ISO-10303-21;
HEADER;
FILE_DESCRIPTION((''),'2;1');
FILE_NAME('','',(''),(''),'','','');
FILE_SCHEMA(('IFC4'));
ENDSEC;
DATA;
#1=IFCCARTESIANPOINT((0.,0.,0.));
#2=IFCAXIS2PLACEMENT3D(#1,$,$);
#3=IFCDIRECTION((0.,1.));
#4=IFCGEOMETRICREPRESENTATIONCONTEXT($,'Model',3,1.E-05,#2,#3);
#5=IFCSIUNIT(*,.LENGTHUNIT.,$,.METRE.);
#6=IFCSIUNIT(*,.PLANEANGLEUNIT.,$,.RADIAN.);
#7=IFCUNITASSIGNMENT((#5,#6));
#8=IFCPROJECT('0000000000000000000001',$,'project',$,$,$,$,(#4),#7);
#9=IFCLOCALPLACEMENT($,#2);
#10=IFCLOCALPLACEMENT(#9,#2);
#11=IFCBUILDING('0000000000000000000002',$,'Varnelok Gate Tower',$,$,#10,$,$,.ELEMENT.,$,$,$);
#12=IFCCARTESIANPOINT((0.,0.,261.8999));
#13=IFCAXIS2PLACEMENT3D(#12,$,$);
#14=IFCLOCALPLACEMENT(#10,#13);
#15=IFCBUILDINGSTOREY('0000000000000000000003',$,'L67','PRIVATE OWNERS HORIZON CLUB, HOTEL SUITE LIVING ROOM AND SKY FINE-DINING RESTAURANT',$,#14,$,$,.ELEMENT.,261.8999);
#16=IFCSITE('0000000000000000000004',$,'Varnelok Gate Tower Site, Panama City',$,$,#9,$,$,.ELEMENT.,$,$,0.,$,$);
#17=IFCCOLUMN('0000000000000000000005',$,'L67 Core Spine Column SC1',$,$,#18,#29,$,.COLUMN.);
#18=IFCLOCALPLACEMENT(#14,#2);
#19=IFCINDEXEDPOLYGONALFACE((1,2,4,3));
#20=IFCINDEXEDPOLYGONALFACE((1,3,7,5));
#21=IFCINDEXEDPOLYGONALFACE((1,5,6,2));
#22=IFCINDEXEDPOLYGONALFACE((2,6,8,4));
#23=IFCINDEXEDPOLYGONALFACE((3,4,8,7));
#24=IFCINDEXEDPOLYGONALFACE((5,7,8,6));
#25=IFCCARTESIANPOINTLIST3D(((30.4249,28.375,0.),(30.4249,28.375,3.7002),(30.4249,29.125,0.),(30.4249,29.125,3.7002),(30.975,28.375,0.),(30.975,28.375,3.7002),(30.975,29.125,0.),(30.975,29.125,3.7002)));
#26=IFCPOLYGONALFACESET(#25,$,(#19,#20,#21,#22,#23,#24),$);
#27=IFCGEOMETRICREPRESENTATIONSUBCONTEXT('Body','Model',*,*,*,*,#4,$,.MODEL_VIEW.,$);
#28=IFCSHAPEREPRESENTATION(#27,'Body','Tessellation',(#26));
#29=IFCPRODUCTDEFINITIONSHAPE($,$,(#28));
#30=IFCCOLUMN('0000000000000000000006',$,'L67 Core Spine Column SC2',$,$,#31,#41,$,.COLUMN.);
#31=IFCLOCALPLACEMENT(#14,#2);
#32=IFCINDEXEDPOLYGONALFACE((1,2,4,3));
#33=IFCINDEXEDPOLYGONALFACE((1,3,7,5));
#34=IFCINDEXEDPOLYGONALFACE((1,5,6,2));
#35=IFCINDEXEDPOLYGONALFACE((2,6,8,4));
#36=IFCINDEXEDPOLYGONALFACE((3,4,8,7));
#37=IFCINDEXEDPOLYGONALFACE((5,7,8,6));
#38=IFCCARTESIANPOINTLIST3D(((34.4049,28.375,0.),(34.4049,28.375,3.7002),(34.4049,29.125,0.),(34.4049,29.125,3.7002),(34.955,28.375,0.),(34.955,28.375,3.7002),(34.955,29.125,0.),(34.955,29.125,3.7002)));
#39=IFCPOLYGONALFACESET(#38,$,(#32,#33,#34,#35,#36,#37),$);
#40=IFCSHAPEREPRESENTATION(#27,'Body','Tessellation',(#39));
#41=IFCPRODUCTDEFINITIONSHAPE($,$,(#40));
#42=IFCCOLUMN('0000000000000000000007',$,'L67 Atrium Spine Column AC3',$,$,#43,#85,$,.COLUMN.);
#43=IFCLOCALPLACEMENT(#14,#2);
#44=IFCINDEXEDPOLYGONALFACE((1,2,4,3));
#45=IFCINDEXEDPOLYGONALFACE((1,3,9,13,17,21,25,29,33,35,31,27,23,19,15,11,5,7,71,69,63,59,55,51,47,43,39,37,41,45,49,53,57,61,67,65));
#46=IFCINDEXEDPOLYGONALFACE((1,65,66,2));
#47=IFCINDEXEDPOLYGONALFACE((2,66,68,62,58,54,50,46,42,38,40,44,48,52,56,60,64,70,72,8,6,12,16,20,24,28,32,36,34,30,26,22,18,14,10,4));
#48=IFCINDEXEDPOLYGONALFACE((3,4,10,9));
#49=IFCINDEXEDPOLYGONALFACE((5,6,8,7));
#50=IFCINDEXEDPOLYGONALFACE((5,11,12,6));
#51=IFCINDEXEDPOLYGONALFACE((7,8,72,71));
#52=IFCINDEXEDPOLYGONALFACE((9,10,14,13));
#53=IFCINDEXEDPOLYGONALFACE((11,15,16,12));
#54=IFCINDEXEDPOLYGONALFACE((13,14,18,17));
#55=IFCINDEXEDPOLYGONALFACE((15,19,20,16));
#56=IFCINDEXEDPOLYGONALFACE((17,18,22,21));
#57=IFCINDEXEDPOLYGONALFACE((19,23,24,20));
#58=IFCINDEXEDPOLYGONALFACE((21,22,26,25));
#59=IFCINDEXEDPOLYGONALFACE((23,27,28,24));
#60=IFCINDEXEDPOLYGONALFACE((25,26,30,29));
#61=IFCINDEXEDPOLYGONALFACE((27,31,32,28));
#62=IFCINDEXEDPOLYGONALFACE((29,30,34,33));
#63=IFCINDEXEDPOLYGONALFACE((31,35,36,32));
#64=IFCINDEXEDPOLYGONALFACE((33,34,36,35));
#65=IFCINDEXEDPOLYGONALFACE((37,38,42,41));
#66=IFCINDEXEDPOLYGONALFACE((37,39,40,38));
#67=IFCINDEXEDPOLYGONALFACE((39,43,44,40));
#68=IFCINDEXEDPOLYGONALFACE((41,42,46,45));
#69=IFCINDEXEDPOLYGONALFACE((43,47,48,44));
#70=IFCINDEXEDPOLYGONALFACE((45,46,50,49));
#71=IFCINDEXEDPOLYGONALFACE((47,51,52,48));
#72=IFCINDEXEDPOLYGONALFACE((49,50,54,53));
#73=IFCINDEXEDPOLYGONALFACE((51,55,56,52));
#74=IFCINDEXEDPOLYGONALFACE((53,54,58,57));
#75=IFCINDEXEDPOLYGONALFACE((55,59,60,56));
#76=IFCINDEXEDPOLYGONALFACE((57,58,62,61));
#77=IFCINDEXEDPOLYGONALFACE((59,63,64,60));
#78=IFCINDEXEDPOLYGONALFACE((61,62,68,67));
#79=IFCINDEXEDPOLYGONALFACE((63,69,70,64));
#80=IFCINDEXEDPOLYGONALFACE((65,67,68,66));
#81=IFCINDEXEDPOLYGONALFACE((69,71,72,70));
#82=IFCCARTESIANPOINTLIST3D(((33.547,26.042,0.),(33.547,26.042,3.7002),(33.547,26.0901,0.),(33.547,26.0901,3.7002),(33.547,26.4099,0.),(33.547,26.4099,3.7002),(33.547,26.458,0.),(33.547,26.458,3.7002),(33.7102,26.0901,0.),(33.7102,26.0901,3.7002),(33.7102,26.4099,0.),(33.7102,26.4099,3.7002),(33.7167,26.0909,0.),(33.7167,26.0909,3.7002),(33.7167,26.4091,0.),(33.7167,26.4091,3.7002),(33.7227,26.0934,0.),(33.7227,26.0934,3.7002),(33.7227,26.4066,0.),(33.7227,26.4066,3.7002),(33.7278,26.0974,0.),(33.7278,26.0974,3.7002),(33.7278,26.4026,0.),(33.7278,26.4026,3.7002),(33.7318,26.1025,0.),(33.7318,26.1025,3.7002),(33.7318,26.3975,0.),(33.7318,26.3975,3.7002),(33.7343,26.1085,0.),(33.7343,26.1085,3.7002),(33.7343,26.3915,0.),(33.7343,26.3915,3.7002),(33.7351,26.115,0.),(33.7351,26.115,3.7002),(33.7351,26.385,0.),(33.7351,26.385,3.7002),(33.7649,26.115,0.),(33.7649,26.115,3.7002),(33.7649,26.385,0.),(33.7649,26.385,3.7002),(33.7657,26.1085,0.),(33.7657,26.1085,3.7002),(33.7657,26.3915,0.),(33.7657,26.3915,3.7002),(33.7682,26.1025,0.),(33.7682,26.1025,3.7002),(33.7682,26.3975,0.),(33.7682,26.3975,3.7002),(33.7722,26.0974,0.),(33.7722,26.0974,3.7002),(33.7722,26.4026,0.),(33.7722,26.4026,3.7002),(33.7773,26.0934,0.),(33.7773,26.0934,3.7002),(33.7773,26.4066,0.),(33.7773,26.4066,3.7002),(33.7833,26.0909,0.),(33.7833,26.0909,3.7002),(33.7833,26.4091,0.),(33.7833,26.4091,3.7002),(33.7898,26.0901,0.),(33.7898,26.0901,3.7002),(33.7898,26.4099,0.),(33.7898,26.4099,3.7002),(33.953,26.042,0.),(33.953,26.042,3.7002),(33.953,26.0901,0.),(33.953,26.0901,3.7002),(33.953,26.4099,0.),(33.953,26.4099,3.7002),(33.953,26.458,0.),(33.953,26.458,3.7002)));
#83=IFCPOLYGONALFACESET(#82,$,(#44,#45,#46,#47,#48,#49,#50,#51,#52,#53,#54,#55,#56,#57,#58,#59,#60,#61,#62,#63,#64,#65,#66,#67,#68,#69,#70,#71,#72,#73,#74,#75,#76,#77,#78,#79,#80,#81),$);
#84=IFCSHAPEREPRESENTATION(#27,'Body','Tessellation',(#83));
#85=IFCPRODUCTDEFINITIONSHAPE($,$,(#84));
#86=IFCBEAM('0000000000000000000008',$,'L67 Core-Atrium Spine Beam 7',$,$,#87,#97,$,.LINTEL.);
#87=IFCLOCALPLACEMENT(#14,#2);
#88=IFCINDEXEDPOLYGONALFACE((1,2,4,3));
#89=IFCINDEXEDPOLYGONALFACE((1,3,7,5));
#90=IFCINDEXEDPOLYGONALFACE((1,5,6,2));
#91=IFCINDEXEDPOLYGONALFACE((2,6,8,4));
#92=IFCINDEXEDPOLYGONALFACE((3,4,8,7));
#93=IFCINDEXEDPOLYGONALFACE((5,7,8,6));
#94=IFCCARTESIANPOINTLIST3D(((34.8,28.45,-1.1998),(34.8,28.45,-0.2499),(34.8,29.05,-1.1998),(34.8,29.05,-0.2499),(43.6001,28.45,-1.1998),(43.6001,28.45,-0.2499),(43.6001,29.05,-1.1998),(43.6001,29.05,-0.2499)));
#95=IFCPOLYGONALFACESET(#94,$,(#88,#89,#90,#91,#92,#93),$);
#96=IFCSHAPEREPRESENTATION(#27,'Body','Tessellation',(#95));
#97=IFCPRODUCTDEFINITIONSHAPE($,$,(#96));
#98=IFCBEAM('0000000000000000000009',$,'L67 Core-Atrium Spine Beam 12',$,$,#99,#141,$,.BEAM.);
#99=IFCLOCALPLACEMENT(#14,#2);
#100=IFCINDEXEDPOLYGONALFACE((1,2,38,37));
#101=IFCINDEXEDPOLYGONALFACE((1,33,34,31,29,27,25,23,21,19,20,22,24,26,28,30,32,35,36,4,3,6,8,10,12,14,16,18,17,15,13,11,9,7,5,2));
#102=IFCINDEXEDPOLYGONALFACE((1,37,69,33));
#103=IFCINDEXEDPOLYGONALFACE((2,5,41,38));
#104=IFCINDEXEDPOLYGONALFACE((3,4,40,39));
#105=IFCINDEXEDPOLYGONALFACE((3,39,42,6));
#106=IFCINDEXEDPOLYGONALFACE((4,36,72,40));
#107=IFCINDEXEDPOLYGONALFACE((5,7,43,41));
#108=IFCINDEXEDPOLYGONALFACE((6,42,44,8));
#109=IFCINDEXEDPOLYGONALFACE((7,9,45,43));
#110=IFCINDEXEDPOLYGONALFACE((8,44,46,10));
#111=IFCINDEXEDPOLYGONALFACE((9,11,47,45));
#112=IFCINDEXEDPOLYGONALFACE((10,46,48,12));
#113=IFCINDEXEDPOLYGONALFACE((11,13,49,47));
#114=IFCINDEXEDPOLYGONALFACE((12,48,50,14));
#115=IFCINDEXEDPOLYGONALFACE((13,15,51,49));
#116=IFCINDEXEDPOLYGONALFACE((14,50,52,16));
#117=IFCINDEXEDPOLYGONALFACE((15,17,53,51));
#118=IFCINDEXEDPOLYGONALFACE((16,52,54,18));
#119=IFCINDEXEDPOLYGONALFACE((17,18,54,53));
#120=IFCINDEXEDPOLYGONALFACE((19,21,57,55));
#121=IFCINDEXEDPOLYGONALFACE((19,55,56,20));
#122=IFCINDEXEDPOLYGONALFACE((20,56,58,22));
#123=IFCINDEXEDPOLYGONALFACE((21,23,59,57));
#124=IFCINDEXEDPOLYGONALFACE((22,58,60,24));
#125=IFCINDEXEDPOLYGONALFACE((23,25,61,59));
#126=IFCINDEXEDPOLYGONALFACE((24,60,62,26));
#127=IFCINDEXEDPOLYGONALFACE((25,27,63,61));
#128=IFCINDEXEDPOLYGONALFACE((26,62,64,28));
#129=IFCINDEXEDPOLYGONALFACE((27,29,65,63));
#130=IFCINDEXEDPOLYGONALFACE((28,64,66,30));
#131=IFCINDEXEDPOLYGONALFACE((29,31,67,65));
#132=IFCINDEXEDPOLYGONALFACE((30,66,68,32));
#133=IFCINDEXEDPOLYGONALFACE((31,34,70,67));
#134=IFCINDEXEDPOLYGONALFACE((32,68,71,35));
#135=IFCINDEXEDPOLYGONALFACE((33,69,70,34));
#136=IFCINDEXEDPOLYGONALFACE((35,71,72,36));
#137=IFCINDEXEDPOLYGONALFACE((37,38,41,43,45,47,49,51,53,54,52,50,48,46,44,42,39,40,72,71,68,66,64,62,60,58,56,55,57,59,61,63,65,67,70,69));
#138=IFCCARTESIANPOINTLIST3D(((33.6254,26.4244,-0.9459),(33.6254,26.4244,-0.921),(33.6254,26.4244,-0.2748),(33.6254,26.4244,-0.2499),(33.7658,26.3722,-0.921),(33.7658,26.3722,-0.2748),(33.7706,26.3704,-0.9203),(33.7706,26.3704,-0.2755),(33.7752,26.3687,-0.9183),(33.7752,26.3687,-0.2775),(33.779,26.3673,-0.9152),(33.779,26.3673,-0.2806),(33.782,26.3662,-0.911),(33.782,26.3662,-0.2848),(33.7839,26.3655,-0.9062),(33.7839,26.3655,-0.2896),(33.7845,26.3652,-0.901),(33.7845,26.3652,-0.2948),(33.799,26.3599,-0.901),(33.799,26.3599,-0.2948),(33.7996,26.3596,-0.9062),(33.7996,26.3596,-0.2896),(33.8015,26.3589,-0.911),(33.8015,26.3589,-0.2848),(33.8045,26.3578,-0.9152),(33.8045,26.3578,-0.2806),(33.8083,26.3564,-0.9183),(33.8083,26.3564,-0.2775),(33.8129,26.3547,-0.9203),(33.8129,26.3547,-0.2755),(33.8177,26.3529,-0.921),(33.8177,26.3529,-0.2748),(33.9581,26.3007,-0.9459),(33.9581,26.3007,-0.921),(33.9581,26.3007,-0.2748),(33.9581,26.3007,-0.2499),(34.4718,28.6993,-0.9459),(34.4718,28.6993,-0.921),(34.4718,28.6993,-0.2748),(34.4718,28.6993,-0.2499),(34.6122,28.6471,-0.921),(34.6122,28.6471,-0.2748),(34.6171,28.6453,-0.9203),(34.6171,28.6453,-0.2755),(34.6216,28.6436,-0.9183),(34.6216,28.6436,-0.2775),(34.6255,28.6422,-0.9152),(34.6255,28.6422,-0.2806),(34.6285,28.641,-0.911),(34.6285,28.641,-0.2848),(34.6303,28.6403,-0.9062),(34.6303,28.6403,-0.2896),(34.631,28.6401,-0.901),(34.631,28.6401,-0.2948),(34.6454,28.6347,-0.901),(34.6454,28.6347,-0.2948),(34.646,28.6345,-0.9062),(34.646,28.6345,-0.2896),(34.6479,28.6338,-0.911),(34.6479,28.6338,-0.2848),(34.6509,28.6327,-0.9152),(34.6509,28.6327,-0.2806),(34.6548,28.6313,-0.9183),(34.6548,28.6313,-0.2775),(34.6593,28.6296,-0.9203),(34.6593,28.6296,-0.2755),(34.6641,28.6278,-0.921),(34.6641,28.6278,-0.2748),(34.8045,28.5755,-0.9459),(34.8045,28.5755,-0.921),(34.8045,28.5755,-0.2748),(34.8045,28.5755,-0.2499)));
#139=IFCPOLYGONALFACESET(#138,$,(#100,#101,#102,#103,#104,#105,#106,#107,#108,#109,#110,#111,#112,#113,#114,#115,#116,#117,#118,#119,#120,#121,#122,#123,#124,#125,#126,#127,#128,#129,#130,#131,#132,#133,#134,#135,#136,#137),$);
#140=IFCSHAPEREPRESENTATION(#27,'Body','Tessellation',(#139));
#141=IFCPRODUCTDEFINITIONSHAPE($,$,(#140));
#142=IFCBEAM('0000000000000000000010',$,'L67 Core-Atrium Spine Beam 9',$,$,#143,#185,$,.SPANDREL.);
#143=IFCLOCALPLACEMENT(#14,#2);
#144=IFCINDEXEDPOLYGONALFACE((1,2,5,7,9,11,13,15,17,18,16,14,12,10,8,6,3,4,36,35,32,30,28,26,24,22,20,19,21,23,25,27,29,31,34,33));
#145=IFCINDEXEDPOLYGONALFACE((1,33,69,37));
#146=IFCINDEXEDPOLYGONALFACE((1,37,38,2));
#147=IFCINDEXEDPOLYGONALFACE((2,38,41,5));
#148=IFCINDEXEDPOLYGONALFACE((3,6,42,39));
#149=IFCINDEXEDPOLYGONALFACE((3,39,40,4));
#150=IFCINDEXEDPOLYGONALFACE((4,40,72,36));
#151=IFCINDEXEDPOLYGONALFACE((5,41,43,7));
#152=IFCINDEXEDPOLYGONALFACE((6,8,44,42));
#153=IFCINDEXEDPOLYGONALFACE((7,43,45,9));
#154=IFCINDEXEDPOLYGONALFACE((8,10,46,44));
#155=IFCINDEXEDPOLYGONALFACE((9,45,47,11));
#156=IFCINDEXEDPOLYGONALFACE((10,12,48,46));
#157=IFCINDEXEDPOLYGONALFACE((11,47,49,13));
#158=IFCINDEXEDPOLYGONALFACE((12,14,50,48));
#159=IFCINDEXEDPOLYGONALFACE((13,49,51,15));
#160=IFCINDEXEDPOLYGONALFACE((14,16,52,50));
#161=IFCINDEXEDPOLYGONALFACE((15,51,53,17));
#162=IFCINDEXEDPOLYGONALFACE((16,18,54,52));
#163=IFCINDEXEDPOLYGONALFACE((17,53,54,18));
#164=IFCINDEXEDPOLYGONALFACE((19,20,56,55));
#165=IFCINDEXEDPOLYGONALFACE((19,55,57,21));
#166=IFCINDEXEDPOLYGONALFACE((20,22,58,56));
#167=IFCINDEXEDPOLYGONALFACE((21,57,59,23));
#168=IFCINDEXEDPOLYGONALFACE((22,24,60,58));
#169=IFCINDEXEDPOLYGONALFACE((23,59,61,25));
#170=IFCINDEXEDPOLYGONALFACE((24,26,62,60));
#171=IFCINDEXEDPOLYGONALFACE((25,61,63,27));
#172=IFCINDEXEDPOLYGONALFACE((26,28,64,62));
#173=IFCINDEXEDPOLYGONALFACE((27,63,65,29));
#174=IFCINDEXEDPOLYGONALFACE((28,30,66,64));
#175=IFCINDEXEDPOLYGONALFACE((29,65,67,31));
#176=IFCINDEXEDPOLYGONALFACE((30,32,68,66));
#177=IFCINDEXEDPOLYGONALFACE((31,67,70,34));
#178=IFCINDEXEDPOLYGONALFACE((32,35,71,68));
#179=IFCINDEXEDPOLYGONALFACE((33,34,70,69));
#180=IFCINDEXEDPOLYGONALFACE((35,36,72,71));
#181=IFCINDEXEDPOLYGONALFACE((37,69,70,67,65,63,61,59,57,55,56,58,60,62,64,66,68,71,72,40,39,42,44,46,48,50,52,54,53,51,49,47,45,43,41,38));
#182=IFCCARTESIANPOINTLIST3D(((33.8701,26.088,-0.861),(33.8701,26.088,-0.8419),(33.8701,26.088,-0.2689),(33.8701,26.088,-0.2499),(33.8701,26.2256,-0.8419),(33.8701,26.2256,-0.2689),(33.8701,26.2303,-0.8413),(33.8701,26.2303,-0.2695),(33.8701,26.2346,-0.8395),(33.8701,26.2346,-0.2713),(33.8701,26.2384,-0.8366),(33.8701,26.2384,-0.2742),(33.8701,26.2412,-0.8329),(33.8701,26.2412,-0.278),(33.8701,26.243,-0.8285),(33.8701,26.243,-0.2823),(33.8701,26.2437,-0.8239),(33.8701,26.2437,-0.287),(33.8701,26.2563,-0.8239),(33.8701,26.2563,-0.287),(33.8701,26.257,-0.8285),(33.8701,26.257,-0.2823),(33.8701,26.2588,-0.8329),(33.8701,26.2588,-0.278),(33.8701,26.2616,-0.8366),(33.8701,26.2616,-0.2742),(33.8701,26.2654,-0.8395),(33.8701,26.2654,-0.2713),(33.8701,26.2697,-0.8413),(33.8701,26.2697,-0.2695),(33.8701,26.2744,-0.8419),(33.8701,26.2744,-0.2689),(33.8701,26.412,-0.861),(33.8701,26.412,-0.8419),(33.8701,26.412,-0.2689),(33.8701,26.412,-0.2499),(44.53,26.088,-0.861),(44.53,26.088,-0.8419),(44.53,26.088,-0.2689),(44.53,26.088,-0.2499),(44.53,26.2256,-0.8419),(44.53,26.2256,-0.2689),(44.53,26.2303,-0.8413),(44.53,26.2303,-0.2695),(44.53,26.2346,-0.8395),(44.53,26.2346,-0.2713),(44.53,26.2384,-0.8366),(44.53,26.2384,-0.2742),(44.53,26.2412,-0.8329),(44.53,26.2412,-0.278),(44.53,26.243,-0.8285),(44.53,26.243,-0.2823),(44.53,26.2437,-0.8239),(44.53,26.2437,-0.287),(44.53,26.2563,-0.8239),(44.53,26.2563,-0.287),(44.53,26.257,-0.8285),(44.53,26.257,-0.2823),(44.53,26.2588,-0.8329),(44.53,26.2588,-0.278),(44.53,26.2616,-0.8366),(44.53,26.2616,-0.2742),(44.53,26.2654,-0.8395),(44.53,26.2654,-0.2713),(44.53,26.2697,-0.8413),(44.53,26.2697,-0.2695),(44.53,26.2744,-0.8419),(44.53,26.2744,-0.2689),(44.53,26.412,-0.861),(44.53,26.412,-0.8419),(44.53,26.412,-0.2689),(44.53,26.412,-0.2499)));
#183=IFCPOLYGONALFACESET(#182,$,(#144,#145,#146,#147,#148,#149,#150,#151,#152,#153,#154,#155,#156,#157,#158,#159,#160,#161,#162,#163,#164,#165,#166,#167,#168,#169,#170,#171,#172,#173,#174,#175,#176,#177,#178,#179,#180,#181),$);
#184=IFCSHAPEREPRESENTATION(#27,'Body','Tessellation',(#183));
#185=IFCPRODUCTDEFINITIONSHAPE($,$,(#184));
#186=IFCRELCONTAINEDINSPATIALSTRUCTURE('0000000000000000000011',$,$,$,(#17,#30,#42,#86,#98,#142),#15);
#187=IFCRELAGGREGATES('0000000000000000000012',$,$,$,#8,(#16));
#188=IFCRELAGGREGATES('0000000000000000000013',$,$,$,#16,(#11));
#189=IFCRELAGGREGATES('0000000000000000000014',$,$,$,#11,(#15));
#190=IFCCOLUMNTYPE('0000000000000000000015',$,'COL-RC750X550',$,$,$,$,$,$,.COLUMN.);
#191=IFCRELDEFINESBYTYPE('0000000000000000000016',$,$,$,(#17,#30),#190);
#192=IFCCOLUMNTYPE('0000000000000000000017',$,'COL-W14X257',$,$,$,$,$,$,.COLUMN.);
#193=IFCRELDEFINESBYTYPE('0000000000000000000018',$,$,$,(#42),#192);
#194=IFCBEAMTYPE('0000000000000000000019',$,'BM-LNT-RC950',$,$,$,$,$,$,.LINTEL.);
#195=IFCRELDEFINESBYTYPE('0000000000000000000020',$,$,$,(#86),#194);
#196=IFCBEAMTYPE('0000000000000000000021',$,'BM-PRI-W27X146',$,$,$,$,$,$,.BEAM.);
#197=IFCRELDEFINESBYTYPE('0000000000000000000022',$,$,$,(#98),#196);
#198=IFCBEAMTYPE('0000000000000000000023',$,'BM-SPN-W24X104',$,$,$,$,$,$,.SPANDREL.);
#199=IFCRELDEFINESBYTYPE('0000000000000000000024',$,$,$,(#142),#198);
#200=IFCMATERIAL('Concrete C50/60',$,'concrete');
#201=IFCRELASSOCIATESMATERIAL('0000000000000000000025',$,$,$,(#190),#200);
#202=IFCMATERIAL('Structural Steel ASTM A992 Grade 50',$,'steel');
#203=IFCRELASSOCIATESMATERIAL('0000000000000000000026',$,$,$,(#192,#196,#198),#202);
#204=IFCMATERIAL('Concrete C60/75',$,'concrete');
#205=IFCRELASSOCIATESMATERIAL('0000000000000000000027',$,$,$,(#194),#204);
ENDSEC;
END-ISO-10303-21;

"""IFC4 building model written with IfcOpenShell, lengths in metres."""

from ifc_helpers import new_model, si_unit, direction, frame, origin, origin_2d, place, context, subcontext, project, spatial, rectangle, i_section, extrude, material, material_profile, profile_set, type_object, element, save


model = new_model("IFC4")

# Units and contexts
model_context = context("Model", 3, precision=1e-05, world=origin(), true_north=direction((0.0, 1.0)))
body_context = subcontext(model_context, "Body", "Model", "MODEL_VIEW")
ifc_project = project(units=[si_unit("LENGTHUNIT", "METRE"), si_unit("PLANEANGLEUNIT", "RADIAN")], contexts=[model_context])

# Site, building, storey
site_placement = place(None, origin())
site = spatial("IfcSite", under=ifc_project, at=site_placement, Name="Varnelok Gate Tower Site, Panama City", CompositionType="ELEMENT", RefElevation=0.0)
building_placement = place(site_placement, origin())
building = spatial("IfcBuilding", under=site, at=building_placement, Name="Varnelok Gate Tower", CompositionType="ELEMENT")
storey_placement = place(building_placement, frame((0.0, 0.0, 261.8999)))
storey = spatial("IfcBuildingStorey", under=building, at=storey_placement, Name="L67", Description="PRIVATE OWNERS HORIZON CLUB, HOTEL SUITE LIVING ROOM AND SKY FINE-DINING RESTAURANT", CompositionType="ELEMENT", Elevation=261.8999)

# Columns
ifc_material_1 = material(Name="Concrete C50/60", Category="concrete")
ifc_material_profile_1 = material_profile(ifc_material_1, rectangle(XDim=0.55, YDim=0.75, at=origin_2d()), Name="RC750X550")
ifc_profile_set_1 = profile_set([ifc_material_profile_1], Name="Concrete C50/60")
column_type_1 = type_object("IfcColumnType", Name="COL-RC750X550", PredefinedType="COLUMN", material=ifc_profile_set_1)
for number, where, z_axis, x_axis, name in (
    (1, (30.7, 28.75, 0.0), (0.0, 0.0, 1.0), (1.0, 0.0, 0.0), "L67 Core Spine Column SC1"),
    (2, (34.6799, 28.75, 0.0), (0.0, 0.0, 1.0), (1.0, 0.0, 0.0), "L67 Core Spine Column SC2"),
):
    element("IfcColumn", number, at=place(storey_placement, frame(where, z_axis=z_axis, x_axis=x_axis)), inside=storey, type_object=column_type_1, Name=name, PredefinedType="COLUMN", context=body_context, shape_type="SweptSolid", body=[
        extrude(rectangle(XDim=0.55, YDim=0.75, at=origin_2d()), origin(), (0.0, 0.0, 1.0), 3.7002),
    ])
ifc_material_2 = material(Name="Structural Steel ASTM A992 Grade 50", Category="steel")
ifc_material_profile_2 = material_profile(ifc_material_2, i_section(OverallWidth=0.406, OverallDepth=0.416, WebThickness=0.0298, FlangeThickness=0.0481, FilletRadius=0.0249, at=origin_2d()), Name="W14X257")
ifc_profile_set_2 = profile_set([ifc_material_profile_2], Name="Structural Steel ASTM A992 Grade 50")
column_type_2 = type_object("IfcColumnType", Name="COL-W14X257", PredefinedType="COLUMN", material=ifc_profile_set_2)
column_placement = place(storey_placement, frame((33.75, 26.25, 0.0), z_axis=(0.0, 0.0, 1.0), x_axis=(1.0, 0.0, 0.0)))
element("IfcColumn", 3, at=column_placement, inside=storey, type_object=column_type_2, Name="L67 Atrium Spine Column AC3", PredefinedType="COLUMN", context=body_context, shape_type="SweptSolid", body=[
    extrude(i_section(OverallWidth=0.406, OverallDepth=0.416, WebThickness=0.0298, FlangeThickness=0.0481, FilletRadius=0.0249, at=origin_2d()), origin(), (0.0, 0.0, 1.0), 3.7002),
])

# Beams
ifc_material_3 = material(Name="Concrete C60/75", Category="concrete")
ifc_material_profile_3 = material_profile(ifc_material_3, rectangle(XDim=0.6001, YDim=0.95, at=origin_2d()), Name="RC950X600")
ifc_profile_set_3 = profile_set([ifc_material_profile_3], Name="Concrete C60/75")
beam_type_1 = type_object("IfcBeamType", Name="BM-LNT-RC950", PredefinedType="LINTEL", material=ifc_profile_set_3)
beam_1_placement = place(storey_placement, frame((34.8, 28.75, -0.7249), z_axis=(1.0, 0.0, 0.0), x_axis=(0.0, 1.0, 0.0)))
element("IfcBeam", 4, at=beam_1_placement, inside=storey, type_object=beam_type_1, Name="L67 Core-Atrium Spine Beam 7", PredefinedType="LINTEL", context=body_context, shape_type="SweptSolid", body=[
    extrude(rectangle(XDim=0.6001, YDim=0.95, at=origin_2d()), origin(), (0.0, 0.0, 1.0), 8.8),
])
ifc_material_profile_4 = material_profile(ifc_material_2, i_section(OverallWidth=0.355, OverallDepth=0.696, WebThickness=0.0154, FlangeThickness=0.0249, FilletRadius=0.02, at=origin_2d()), Name="W27X146")
ifc_profile_set_4 = profile_set([ifc_material_profile_4], Name="Structural Steel ASTM A992 Grade 50")
beam_type_2 = type_object("IfcBeamType", Name="BM-PRI-W27X146", PredefinedType="BEAM", material=ifc_profile_set_4)
beam_2_placement = place(storey_placement, frame((33.7917, 26.3625, -0.5979), z_axis=(0.348719, 0.937227, 0.0), x_axis=(-0.937227, 0.348719, 0.0)))
element("IfcBeam", 5, at=beam_2_placement, inside=storey, type_object=beam_type_2, Name="L67 Core-Atrium Spine Beam 12", PredefinedType="BEAM", context=body_context, shape_type="SweptSolid", body=[
    extrude(i_section(OverallWidth=0.355, OverallDepth=0.696, WebThickness=0.0154, FlangeThickness=0.0249, FilletRadius=0.02, at=origin_2d()), origin(), (0.0, 0.0, 1.0), 2.4272),
])
ifc_material_profile_5 = material_profile(ifc_material_2, i_section(OverallWidth=0.324, OverallDepth=0.6111, WebThickness=0.0127, FlangeThickness=0.019, FilletRadius=0.0181, at=origin_2d()), Name="W24X104")
ifc_profile_set_5 = profile_set([ifc_material_profile_5], Name="Structural Steel ASTM A992 Grade 50")
beam_type_3 = type_object("IfcBeamType", Name="BM-SPN-W24X104", PredefinedType="SPANDREL", material=ifc_profile_set_5)
beam_3_placement = place(storey_placement, frame((33.8701, 26.25, -0.5554), z_axis=(1.0, 0.0, 0.0), x_axis=(0.0, 1.0, 0.0)))
element("IfcBeam", 6, at=beam_3_placement, inside=storey, type_object=beam_type_3, Name="L67 Core-Atrium Spine Beam 9", PredefinedType="SPANDREL", context=body_context, shape_type="SweptSolid", body=[
    extrude(i_section(OverallWidth=0.324, OverallDepth=0.6111, WebThickness=0.0127, FlangeThickness=0.019, FilletRadius=0.0181, at=origin_2d()), origin(), (0.0, 0.0, 1.0), 10.6599),
])

save(model, "model.ifc")
